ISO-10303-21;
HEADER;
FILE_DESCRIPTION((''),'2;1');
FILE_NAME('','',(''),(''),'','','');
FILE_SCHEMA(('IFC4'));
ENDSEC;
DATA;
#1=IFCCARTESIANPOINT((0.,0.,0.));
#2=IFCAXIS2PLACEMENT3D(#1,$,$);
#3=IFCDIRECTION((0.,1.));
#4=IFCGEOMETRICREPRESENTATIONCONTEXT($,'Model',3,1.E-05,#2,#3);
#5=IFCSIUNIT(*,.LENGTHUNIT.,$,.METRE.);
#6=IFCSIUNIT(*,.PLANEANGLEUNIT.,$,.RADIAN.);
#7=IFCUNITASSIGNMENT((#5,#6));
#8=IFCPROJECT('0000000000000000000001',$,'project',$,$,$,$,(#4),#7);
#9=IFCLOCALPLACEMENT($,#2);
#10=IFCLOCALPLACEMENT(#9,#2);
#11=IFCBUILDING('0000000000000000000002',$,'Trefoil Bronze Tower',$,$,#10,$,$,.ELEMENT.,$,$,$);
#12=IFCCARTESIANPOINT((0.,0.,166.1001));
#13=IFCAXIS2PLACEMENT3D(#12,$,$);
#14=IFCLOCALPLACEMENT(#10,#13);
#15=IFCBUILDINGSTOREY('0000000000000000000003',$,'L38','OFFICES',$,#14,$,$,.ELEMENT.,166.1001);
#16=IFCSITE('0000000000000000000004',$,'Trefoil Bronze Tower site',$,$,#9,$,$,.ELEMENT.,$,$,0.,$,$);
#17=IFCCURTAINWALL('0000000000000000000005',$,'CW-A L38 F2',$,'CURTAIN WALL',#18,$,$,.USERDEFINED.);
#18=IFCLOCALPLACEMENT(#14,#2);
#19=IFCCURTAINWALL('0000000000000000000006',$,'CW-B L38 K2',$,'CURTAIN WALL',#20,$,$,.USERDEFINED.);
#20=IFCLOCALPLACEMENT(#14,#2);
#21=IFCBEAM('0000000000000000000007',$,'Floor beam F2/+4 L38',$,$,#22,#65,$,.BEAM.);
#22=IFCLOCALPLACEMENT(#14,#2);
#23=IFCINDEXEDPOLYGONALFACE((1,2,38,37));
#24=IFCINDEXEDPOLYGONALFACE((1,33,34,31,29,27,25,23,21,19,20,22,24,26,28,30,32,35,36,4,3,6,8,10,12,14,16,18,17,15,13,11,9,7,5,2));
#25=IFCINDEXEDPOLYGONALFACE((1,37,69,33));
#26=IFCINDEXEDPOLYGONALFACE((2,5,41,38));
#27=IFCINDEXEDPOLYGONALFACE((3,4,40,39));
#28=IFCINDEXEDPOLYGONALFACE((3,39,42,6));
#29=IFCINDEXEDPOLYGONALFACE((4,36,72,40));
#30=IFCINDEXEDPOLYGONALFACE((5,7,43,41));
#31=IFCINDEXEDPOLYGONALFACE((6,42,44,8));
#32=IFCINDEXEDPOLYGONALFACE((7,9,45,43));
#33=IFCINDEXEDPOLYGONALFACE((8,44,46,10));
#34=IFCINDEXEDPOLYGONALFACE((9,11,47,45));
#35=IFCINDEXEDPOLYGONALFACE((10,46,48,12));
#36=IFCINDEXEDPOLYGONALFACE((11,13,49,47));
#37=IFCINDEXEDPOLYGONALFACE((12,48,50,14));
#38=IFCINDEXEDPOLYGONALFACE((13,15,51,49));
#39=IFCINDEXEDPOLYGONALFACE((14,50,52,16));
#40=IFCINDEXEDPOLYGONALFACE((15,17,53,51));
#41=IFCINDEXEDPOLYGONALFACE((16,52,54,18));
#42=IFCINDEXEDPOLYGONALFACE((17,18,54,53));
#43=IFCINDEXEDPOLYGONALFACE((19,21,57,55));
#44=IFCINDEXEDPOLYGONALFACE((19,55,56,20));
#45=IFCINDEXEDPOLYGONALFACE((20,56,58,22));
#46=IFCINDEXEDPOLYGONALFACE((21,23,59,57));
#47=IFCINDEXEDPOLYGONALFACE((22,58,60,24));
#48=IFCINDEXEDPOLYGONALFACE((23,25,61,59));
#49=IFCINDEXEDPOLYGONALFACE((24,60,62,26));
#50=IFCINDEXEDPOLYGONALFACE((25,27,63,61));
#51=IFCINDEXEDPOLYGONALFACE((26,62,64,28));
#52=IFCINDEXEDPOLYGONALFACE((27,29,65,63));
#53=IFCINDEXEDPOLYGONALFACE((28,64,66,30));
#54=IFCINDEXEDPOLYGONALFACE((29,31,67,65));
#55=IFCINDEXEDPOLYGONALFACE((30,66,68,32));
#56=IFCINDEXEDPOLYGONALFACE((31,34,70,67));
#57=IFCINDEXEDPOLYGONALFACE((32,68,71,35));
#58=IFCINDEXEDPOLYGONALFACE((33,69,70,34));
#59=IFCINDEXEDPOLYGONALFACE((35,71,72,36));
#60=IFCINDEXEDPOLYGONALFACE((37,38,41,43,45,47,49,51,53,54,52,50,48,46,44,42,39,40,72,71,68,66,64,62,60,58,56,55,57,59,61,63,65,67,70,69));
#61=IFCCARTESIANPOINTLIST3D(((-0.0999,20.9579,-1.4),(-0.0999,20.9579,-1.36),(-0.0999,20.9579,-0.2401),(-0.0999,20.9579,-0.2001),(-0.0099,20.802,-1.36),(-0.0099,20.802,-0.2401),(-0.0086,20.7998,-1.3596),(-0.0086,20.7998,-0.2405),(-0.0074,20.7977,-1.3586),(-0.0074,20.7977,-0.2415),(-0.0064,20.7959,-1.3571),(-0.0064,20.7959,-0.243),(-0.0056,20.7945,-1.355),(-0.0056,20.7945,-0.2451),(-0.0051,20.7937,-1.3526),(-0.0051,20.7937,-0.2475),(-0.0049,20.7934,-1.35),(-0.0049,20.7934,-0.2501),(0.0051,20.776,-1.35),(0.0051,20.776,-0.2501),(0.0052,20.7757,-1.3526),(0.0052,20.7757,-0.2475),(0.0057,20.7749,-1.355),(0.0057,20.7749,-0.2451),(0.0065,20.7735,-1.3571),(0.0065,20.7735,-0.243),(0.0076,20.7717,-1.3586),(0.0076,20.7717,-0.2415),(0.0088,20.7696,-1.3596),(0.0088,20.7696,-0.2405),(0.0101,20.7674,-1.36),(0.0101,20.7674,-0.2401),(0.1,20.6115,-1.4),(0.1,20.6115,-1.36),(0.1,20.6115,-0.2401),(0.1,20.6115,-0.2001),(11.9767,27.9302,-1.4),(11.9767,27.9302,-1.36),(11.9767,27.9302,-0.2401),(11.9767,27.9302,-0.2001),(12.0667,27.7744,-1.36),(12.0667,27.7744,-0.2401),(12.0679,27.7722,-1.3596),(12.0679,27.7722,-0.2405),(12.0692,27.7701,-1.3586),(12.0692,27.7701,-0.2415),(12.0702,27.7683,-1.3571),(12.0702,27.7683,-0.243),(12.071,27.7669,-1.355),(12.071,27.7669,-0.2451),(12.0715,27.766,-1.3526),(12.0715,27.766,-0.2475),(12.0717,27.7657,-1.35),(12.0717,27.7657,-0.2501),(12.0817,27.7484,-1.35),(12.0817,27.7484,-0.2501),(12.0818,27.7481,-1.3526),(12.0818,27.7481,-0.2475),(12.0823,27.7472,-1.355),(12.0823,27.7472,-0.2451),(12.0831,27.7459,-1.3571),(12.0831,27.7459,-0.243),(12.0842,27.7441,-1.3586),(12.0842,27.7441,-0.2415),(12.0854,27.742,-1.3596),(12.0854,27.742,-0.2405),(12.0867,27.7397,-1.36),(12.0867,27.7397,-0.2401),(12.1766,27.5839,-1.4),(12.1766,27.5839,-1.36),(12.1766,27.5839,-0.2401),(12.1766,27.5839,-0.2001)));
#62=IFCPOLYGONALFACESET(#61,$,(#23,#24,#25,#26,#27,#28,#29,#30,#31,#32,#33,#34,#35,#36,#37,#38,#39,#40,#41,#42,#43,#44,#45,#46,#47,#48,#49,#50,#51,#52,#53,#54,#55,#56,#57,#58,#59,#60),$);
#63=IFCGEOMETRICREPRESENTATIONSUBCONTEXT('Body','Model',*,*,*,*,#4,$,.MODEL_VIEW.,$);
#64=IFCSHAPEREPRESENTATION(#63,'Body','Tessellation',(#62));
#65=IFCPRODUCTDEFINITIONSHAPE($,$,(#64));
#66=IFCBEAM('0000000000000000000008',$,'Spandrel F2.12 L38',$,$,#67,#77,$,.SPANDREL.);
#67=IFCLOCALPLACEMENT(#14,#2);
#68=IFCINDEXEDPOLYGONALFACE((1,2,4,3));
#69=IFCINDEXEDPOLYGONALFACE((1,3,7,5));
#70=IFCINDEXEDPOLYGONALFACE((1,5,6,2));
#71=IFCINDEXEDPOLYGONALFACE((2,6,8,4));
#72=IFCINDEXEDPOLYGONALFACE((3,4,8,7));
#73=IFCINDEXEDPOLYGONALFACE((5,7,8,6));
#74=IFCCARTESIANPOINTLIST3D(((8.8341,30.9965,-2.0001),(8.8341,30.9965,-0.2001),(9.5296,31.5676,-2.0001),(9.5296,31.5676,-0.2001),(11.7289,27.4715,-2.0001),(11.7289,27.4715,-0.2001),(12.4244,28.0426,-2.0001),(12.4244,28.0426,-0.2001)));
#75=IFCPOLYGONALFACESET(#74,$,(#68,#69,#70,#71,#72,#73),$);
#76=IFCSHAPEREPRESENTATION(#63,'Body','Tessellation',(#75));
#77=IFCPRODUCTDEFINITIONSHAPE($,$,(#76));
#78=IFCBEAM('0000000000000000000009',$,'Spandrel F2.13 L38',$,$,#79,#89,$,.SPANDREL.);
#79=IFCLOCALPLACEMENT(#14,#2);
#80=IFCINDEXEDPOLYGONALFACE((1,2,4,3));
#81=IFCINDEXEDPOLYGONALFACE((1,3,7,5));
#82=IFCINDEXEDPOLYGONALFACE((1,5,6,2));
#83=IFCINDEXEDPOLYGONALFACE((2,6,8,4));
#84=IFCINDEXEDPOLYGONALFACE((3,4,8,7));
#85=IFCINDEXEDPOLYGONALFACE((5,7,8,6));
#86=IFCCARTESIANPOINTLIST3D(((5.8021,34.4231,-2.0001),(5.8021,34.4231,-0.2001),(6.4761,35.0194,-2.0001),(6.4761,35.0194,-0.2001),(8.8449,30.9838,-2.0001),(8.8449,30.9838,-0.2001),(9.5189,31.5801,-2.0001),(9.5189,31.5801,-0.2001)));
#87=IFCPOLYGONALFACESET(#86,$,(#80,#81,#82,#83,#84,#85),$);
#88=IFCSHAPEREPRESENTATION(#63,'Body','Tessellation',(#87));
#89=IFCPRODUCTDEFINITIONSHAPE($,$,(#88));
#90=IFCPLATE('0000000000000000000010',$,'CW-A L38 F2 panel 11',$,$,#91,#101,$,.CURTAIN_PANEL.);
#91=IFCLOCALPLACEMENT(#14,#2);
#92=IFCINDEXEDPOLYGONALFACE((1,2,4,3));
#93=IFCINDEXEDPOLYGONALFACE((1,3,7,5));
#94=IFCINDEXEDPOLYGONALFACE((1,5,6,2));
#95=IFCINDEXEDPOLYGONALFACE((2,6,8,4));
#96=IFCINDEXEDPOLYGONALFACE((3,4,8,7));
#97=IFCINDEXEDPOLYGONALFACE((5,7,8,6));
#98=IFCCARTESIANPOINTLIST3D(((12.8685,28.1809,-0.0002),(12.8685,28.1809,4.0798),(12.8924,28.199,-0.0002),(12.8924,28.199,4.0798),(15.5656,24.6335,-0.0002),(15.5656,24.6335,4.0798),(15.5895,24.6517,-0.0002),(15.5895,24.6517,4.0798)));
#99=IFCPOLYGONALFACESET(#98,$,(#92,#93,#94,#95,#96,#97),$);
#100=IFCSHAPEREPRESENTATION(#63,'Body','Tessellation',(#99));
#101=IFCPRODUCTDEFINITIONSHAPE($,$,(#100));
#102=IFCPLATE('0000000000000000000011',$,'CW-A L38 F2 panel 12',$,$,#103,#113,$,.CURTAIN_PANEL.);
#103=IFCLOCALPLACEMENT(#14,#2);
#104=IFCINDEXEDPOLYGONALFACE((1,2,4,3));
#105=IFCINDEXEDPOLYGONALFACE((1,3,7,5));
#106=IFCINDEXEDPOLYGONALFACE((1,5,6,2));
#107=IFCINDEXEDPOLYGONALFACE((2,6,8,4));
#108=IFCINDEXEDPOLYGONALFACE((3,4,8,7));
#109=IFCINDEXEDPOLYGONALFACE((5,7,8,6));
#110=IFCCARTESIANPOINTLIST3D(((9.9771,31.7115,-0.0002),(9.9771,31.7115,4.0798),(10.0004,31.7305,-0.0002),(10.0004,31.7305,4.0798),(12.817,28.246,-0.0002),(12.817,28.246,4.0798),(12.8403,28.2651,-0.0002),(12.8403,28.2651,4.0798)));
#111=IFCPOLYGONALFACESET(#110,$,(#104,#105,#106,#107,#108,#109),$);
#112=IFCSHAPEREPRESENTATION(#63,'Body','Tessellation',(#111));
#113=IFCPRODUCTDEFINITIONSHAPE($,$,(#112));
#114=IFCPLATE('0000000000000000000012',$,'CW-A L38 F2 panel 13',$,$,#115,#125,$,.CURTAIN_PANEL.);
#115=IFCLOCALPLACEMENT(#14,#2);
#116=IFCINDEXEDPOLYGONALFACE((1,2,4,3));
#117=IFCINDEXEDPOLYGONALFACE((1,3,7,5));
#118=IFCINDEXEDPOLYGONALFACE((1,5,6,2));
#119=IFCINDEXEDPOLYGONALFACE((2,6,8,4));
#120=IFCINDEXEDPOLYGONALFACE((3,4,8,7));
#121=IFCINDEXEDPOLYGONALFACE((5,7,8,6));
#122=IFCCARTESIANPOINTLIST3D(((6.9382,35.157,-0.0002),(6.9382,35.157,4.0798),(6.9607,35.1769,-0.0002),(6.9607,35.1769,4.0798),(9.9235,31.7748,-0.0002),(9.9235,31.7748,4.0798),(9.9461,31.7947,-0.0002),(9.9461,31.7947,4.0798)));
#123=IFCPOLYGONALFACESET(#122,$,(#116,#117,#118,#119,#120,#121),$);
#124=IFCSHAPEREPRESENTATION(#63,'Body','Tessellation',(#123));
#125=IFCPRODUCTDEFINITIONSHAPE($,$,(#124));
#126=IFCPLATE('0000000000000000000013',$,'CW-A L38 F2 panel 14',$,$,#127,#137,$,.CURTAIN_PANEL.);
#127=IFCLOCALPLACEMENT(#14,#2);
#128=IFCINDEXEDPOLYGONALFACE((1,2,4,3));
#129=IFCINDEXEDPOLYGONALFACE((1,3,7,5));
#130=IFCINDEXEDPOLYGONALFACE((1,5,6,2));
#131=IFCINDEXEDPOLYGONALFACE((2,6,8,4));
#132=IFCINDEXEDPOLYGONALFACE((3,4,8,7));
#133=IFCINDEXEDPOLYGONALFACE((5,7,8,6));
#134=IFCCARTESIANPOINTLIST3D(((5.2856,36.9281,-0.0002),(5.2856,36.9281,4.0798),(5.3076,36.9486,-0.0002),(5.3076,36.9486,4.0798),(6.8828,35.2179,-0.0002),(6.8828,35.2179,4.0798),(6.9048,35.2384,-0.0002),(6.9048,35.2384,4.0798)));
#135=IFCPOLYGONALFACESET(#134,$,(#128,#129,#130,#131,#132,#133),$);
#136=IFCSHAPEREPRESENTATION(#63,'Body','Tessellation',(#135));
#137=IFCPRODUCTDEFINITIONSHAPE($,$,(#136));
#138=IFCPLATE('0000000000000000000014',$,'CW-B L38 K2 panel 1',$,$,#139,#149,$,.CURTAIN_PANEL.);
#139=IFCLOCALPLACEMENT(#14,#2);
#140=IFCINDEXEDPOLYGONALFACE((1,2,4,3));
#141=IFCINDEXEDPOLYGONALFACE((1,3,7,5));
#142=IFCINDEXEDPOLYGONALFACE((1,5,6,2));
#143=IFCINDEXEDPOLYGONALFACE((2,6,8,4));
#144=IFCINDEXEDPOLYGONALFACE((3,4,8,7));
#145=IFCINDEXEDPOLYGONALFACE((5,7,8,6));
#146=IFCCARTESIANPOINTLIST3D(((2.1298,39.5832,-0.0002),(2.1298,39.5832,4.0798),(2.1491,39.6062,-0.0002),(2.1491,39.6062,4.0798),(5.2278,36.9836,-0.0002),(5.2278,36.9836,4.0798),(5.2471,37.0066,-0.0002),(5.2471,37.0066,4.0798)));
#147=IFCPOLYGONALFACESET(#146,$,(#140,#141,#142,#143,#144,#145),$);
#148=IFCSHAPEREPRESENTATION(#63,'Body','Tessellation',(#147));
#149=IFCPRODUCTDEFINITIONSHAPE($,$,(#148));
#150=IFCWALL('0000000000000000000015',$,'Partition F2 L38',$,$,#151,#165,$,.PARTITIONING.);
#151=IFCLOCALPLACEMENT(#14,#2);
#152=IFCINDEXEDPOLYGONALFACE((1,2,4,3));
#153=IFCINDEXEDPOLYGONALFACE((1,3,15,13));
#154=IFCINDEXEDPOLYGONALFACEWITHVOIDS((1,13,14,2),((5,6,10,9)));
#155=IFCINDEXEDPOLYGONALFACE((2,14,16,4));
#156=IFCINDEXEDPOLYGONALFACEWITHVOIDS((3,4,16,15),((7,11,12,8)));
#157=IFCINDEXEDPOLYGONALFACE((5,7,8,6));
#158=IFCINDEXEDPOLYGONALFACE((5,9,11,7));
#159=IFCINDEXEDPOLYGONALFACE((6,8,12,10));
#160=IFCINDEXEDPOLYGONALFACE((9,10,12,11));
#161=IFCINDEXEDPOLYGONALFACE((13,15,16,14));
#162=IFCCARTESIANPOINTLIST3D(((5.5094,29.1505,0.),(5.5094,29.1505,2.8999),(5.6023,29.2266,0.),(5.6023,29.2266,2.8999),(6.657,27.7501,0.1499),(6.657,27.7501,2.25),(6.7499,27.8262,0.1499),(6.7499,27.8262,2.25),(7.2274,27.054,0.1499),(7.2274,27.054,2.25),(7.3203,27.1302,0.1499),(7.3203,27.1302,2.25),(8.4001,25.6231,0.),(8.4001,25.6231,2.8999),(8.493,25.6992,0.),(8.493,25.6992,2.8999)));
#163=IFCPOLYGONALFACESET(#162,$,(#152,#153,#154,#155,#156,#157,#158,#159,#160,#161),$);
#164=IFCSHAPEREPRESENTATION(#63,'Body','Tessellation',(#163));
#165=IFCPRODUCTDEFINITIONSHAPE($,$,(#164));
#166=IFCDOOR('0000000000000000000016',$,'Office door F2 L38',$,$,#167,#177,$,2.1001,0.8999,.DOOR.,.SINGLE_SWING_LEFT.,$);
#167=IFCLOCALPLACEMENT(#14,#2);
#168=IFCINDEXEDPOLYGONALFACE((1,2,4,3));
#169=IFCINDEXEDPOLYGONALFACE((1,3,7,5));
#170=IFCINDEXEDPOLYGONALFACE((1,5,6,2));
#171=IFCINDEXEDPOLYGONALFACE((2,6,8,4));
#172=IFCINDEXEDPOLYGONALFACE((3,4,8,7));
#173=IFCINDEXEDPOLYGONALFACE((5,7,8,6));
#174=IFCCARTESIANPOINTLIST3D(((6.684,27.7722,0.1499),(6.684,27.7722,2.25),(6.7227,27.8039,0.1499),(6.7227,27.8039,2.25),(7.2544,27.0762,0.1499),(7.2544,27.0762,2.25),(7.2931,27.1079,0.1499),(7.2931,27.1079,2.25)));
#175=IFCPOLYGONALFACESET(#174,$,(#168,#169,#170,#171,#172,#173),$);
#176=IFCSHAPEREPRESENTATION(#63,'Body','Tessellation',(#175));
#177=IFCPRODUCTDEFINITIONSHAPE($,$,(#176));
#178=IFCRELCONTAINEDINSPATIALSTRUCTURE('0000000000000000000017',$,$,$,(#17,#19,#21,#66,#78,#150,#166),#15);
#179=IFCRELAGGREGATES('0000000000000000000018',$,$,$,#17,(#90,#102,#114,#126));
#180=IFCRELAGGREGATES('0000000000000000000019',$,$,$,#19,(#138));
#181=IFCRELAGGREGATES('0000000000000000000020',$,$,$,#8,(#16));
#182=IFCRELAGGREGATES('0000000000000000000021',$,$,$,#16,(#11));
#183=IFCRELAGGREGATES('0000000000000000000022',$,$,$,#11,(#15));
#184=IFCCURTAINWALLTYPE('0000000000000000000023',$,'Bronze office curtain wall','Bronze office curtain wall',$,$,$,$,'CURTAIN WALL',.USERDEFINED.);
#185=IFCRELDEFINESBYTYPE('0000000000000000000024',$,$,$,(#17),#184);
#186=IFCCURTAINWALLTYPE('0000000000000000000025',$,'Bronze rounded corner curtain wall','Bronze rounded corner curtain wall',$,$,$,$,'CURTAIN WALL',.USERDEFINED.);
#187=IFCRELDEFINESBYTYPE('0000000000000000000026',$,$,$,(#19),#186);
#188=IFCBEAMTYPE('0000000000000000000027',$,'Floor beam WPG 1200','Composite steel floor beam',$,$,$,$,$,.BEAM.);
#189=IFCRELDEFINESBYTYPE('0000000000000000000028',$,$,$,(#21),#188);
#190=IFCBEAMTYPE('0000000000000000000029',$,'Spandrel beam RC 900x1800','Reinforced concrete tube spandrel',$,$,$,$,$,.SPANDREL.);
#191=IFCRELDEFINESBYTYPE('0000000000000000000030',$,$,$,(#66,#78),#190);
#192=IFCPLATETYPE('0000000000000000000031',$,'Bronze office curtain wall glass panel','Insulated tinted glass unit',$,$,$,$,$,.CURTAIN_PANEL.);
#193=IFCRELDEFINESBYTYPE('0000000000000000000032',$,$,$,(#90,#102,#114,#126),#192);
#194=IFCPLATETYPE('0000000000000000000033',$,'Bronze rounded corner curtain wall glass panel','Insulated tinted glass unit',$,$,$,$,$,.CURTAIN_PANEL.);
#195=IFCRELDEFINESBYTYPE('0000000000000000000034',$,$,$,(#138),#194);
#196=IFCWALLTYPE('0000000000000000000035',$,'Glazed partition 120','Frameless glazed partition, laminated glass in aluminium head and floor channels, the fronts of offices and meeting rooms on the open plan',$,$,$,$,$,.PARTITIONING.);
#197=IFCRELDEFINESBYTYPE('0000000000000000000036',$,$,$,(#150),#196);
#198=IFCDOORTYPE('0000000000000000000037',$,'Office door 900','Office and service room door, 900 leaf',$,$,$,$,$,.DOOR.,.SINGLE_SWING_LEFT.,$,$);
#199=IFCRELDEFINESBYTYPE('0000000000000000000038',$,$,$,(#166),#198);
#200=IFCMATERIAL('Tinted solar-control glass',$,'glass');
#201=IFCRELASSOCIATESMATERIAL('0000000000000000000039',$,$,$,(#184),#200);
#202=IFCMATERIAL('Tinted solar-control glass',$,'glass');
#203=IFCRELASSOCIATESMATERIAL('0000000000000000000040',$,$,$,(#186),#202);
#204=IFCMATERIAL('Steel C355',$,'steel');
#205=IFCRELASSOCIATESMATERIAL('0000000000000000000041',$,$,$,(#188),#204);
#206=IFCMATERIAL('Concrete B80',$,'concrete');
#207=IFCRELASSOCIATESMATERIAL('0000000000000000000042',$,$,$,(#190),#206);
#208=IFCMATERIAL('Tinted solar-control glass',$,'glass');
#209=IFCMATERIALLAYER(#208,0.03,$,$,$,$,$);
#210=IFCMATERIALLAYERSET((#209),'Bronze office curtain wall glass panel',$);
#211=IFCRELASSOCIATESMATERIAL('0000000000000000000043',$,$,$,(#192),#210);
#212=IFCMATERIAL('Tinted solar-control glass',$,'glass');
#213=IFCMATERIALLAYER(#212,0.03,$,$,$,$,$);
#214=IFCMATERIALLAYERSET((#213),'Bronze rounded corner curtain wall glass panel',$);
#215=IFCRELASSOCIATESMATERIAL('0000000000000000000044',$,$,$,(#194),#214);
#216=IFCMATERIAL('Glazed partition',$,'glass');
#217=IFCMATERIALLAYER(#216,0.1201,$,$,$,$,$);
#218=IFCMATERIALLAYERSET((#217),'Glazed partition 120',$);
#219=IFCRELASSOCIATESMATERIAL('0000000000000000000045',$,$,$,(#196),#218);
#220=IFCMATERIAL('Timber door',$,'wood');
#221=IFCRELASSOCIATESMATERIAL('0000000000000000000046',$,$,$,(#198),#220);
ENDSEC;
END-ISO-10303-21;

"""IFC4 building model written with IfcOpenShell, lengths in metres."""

from ifc_helpers import new_model, si_unit, direction, frame, frame_2d, origin, origin_2d, place, context, subcontext, project, spatial, rectangle, i_section, extrude, material, layer, layer_set, material_profile, profile_set, type_object, element, fill, aggregate, save


model = new_model("IFC4")

# Units and contexts
model_context = context("Model", 3, precision=1e-05, world=origin(), true_north=direction((0.0, 1.0)))
body_context = subcontext(model_context, "Body", "Model", "MODEL_VIEW")
ifc_project = project(units=[si_unit("LENGTHUNIT", "METRE"), si_unit("PLANEANGLEUNIT", "RADIAN")], contexts=[model_context])

# Site, building, storey
site_placement = place(None, origin())
site = spatial("IfcSite", under=ifc_project, at=site_placement, Name="Trefoil Bronze Tower site", CompositionType="ELEMENT", RefElevation=0.0)
building_placement = place(site_placement, origin())
building = spatial("IfcBuilding", under=site, at=building_placement, Name="Trefoil Bronze Tower", CompositionType="ELEMENT")
storey_placement = place(building_placement, frame((0.0, 0.0, 166.1001)))
storey = spatial("IfcBuildingStorey", under=building, at=storey_placement, Name="L38", Description="OFFICES", CompositionType="ELEMENT", Elevation=166.1001)

# Curtain walls
ifc_material_1 = material(Name="Tinted solar-control glass", Category="glass")
curtain_wall_type_1 = type_object("IfcCurtainWallType", Name="Bronze office curtain wall", Description="Bronze office curtain wall", ElementType="CURTAIN WALL", PredefinedType="USERDEFINED", material=ifc_material_1)
curtain_wall_1_placement = place(storey_placement, origin())
curtain_wall_1 = element("IfcCurtainWall", 1, at=curtain_wall_1_placement, inside=storey, type_object=curtain_wall_type_1, Name="CW-A L38 F2", ObjectType="CURTAIN WALL", PredefinedType="USERDEFINED")
ifc_material_2 = material(Name="Tinted solar-control glass", Category="glass")
curtain_wall_type_2 = type_object("IfcCurtainWallType", Name="Bronze rounded corner curtain wall", Description="Bronze rounded corner curtain wall", ElementType="CURTAIN WALL", PredefinedType="USERDEFINED", material=ifc_material_2)
curtain_wall_2_placement = place(storey_placement, origin())
curtain_wall_2 = element("IfcCurtainWall", 2, at=curtain_wall_2_placement, inside=storey, type_object=curtain_wall_type_2, Name="CW-B L38 K2", ObjectType="CURTAIN WALL", PredefinedType="USERDEFINED")

# Beams
ifc_material_3 = material(Name="Steel C355", Category="steel")
ifc_material_profile_1 = material_profile(ifc_material_3, i_section(OverallWidth=0.3999, OverallDepth=1.2, WebThickness=0.02, FlangeThickness=0.04, FilletRadius=0.01, at=origin_2d()), Name="WPG 1200")
ifc_profile_set_1 = profile_set([ifc_material_profile_1], Name="Steel C355")
beam_type_1 = type_object("IfcBeamType", Name="Floor beam WPG 1200", Description="Composite steel floor beam", PredefinedType="BEAM", material=ifc_profile_set_1)
beam_1_placement = place(storey_placement, frame((12.0767, 27.7571, -0.8), z_axis=(-0.866027, -0.499997, 0.0), x_axis=(0.499997, -0.866027, 0.0)))
element("IfcBeam", 3, at=beam_1_placement, inside=storey, type_object=beam_type_1, Name="Floor beam F2/+4 L38", PredefinedType="BEAM", context=body_context, shape_type="SweptSolid", body=[
    extrude(i_section(OverallWidth=0.3999, OverallDepth=1.2, WebThickness=0.02, FlangeThickness=0.04, FilletRadius=0.01, at=origin_2d()), origin(), (0.0, 0.0, 1.0), 13.9448),
])
ifc_material_4 = material(Name="Concrete B80", Category="concrete")
ifc_material_profile_2 = material_profile(ifc_material_4, rectangle(XDim=0.8999, YDim=1.8, at=origin_2d()), Name="RC 900x1800")
ifc_profile_set_2 = profile_set([ifc_material_profile_2], Name="Concrete B80")
beam_type_2 = type_object("IfcBeamType", Name="Spandrel beam RC 900x1800", Description="Reinforced concrete tube spandrel", PredefinedType="SPANDREL", material=ifc_profile_set_2)
beam_2_placement = place(storey_placement, frame((12.0767, 27.7571, -1.1001), z_axis=(-0.63465, 0.772799, 0.0), x_axis=(-0.772799, -0.63465, 0.0)))
element("IfcBeam", 4, at=beam_2_placement, inside=storey, type_object=beam_type_2, Name="Spandrel F2.12 L38", PredefinedType="SPANDREL", context=body_context, shape_type="SweptSolid", body=[
    extrude(rectangle(XDim=0.8999, YDim=1.8, at=origin_2d()), origin(), (0.0, 0.0, 1.0), 4.5613),
])
beam_3_placement = place(storey_placement, frame((9.1819, 31.282, -1.1001), z_axis=(-0.662616, 0.748959, 0.0), x_axis=(-0.748959, -0.662616, 0.0)))
element("IfcBeam", 5, at=beam_3_placement, inside=storey, type_object=beam_type_2, Name="Spandrel F2.13 L38", PredefinedType="SPANDREL", context=body_context, shape_type="SweptSolid", body=[
    extrude(rectangle(XDim=0.8999, YDim=1.8, at=origin_2d()), origin(), (0.0, 0.0, 1.0), 4.592),
])

# Plates
ifc_material_5 = material(Name="Tinted solar-control glass", Category="glass")
ifc_layer_1 = layer(ifc_material_5, 0.03)
ifc_layer_set_1 = layer_set([ifc_layer_1], Name="Bronze office curtain wall glass panel")
plate_type_1 = type_object("IfcPlateType", Name="Bronze office curtain wall glass panel", Description="Insulated tinted glass unit", PredefinedType="CURTAIN_PANEL", material=ifc_layer_set_1)
plate_1_placement = place(storey_placement, frame((14.229, 26.4163, -0.0002), z_axis=(0.0, 0.0, 1.0), x_axis=(-0.605252, 0.796034, 0.0)))
plate_1 = element("IfcPlate", 6, at=plate_1_placement, type_object=plate_type_1, Name="CW-A L38 F2 panel 11", PredefinedType="CURTAIN_PANEL", context=body_context, shape_type="SweptSolid", body=[
    extrude(rectangle(XDim=4.4563, YDim=0.03, at=origin_2d()), origin(), (0.0, 0.0, 1.0), 4.0801),
])
plate_2_placement = place(storey_placement, frame((11.4087, 29.9883, -0.0002), z_axis=(0.0, 0.0, 1.0), x_axis=(-0.63384, 0.773464, 0.0)))
plate_2 = element("IfcPlate", 7, at=plate_2_placement, type_object=plate_type_1, Name="CW-A L38 F2 panel 12", PredefinedType="CURTAIN_PANEL", context=body_context, shape_type="SweptSolid", body=[
    extrude(rectangle(XDim=4.4805, YDim=0.03, at=origin_2d()), origin(), (0.0, 0.0, 1.0), 4.0801),
])
plate_3_placement = place(storey_placement, frame((8.4421, 33.4758, -0.0002), z_axis=(0.0, 0.0, 1.0), x_axis=(-0.661751, 0.749723, 0.0)))
plate_3 = element("IfcPlate", 8, at=plate_3_placement, type_object=plate_type_1, Name="CW-A L38 F2 panel 13", PredefinedType="CURTAIN_PANEL", context=body_context, shape_type="SweptSolid", body=[
    extrude(rectangle(XDim=4.5112, YDim=0.03, at=origin_2d()), origin(), (0.0, 0.0, 1.0), 4.0801),
])
plate_4_placement = place(storey_placement, frame((6.0952, 36.0833, -0.0002), z_axis=(0.0, 0.0, 1.0), x_axis=(-0.682536, 0.730852, 0.0)))
plate_4 = element("IfcPlate", 9, at=plate_4_placement, type_object=plate_type_1, Name="CW-A L38 F2 panel 14", PredefinedType="CURTAIN_PANEL", context=body_context, shape_type="SweptSolid", body=[
    extrude(rectangle(XDim=2.3401, YDim=0.03, at=origin_2d()), origin(), (0.0, 0.0, 1.0), 4.0801),
])
aggregate(curtain_wall_1, [plate_1, plate_2, plate_3, plate_4])
ifc_material_6 = material(Name="Tinted solar-control glass", Category="glass")
ifc_layer_2 = layer(ifc_material_6, 0.03)
ifc_layer_set_2 = layer_set([ifc_layer_2], Name="Bronze rounded corner curtain wall glass panel")
plate_type_2 = type_object("IfcPlateType", Name="Bronze rounded corner curtain wall glass panel", Description="Insulated tinted glass unit", PredefinedType="CURTAIN_PANEL", material=ifc_layer_set_2)
plate_5_placement = place(storey_placement, frame((3.6885, 38.2949, -0.0002), z_axis=(0.0, 0.0, 1.0), x_axis=(-0.766044, 0.642788, 0.0)))
plate_5 = element("IfcPlate", 10, at=plate_5_placement, type_object=plate_type_2, Name="CW-B L38 K2 panel 1", PredefinedType="CURTAIN_PANEL", context=body_context, shape_type="SweptSolid", body=[
    extrude(rectangle(XDim=4.0442, YDim=0.03, at=origin_2d()), origin(), (0.0, 0.0, 1.0), 4.0801),
])
aggregate(curtain_wall_2, [plate_5])

# Wall, opening, door
ifc_material_7 = material(Name="Glazed partition", Category="glass")
ifc_layer_3 = layer(ifc_material_7, 0.1201)
ifc_layer_set_3 = layer_set([ifc_layer_3], Name="Glazed partition 120")
wall_type = type_object("IfcWallType", Name="Glazed partition 120", Description="Frameless glazed partition, laminated glass in aluminium head and floor channels, the fronts of offices and meeting rooms on the open plan", PredefinedType="PARTITIONING", material=ifc_layer_set_3)
wall_1_placement = place(storey_placement, frame((8.4465, 25.6611, 0.0), z_axis=(0.0, 0.0, 1.0), x_axis=(-0.633844, 0.773461, 0.0)))
wall_1 = element("IfcWall", 11, at=wall_1_placement, inside=storey, type_object=wall_type, Name="Partition F2 L38", PredefinedType="PARTITIONING", context=body_context, shape_type="SweptSolid", body=[
    extrude(rectangle(XDim=4.5605, YDim=0.1201, at=frame_2d((2.2803, 0.0))), origin(), (0.0, 0.0, 1.0), 2.8999),
])
opening_placement = place(wall_1_placement, frame((1.8501, 0.0, 0.1499)))
opening = element("IfcOpeningElement", 12, at=opening_placement, cuts=wall_1, PredefinedType="OPENING", context=body_context, shape_type="SweptSolid", body=[
    extrude(rectangle(XDim=0.8999, YDim=2.1001, at=frame_2d((0.45, 1.05))), frame((0.0, 0.0701, 0.0), z_axis=(0.0, -1.0, 0.0), x_axis=(1.0, 0.0, 0.0)), (0.0, 0.0, 1.0), 0.1401),
])
ifc_material_8 = material(Name="Timber door", Category="wood")
door_type = type_object("IfcDoorType", Name="Office door 900", Description="Office and service room door, 900 leaf", OperationType="SINGLE_SWING_LEFT", PredefinedType="DOOR", material=ifc_material_8)
door_placement = place(opening_placement, frame((0.8999, 0.0, 0.0), z_axis=(0.0, 0.0, 1.0), x_axis=(-1.0, 0.0, 0.0)))
door = element("IfcDoor", 13, at=door_placement, inside=storey, type_object=door_type, Name="Office door F2 L38", OperationType="SINGLE_SWING_LEFT", OverallHeight=2.1001, OverallWidth=0.8999, PredefinedType="DOOR", context=body_context, shape_type="SweptSolid", body=[
    extrude(rectangle(XDim=0.8999, YDim=2.1001, at=frame_2d((0.45, 1.05))), frame((0.0, 0.0249, 0.0), z_axis=(0.0, -1.0, 0.0), x_axis=(1.0, 0.0, 0.0)), (0.0, 0.0, 1.0), 0.05),
])
fill(opening, door)

save(model, "model.ifc")
